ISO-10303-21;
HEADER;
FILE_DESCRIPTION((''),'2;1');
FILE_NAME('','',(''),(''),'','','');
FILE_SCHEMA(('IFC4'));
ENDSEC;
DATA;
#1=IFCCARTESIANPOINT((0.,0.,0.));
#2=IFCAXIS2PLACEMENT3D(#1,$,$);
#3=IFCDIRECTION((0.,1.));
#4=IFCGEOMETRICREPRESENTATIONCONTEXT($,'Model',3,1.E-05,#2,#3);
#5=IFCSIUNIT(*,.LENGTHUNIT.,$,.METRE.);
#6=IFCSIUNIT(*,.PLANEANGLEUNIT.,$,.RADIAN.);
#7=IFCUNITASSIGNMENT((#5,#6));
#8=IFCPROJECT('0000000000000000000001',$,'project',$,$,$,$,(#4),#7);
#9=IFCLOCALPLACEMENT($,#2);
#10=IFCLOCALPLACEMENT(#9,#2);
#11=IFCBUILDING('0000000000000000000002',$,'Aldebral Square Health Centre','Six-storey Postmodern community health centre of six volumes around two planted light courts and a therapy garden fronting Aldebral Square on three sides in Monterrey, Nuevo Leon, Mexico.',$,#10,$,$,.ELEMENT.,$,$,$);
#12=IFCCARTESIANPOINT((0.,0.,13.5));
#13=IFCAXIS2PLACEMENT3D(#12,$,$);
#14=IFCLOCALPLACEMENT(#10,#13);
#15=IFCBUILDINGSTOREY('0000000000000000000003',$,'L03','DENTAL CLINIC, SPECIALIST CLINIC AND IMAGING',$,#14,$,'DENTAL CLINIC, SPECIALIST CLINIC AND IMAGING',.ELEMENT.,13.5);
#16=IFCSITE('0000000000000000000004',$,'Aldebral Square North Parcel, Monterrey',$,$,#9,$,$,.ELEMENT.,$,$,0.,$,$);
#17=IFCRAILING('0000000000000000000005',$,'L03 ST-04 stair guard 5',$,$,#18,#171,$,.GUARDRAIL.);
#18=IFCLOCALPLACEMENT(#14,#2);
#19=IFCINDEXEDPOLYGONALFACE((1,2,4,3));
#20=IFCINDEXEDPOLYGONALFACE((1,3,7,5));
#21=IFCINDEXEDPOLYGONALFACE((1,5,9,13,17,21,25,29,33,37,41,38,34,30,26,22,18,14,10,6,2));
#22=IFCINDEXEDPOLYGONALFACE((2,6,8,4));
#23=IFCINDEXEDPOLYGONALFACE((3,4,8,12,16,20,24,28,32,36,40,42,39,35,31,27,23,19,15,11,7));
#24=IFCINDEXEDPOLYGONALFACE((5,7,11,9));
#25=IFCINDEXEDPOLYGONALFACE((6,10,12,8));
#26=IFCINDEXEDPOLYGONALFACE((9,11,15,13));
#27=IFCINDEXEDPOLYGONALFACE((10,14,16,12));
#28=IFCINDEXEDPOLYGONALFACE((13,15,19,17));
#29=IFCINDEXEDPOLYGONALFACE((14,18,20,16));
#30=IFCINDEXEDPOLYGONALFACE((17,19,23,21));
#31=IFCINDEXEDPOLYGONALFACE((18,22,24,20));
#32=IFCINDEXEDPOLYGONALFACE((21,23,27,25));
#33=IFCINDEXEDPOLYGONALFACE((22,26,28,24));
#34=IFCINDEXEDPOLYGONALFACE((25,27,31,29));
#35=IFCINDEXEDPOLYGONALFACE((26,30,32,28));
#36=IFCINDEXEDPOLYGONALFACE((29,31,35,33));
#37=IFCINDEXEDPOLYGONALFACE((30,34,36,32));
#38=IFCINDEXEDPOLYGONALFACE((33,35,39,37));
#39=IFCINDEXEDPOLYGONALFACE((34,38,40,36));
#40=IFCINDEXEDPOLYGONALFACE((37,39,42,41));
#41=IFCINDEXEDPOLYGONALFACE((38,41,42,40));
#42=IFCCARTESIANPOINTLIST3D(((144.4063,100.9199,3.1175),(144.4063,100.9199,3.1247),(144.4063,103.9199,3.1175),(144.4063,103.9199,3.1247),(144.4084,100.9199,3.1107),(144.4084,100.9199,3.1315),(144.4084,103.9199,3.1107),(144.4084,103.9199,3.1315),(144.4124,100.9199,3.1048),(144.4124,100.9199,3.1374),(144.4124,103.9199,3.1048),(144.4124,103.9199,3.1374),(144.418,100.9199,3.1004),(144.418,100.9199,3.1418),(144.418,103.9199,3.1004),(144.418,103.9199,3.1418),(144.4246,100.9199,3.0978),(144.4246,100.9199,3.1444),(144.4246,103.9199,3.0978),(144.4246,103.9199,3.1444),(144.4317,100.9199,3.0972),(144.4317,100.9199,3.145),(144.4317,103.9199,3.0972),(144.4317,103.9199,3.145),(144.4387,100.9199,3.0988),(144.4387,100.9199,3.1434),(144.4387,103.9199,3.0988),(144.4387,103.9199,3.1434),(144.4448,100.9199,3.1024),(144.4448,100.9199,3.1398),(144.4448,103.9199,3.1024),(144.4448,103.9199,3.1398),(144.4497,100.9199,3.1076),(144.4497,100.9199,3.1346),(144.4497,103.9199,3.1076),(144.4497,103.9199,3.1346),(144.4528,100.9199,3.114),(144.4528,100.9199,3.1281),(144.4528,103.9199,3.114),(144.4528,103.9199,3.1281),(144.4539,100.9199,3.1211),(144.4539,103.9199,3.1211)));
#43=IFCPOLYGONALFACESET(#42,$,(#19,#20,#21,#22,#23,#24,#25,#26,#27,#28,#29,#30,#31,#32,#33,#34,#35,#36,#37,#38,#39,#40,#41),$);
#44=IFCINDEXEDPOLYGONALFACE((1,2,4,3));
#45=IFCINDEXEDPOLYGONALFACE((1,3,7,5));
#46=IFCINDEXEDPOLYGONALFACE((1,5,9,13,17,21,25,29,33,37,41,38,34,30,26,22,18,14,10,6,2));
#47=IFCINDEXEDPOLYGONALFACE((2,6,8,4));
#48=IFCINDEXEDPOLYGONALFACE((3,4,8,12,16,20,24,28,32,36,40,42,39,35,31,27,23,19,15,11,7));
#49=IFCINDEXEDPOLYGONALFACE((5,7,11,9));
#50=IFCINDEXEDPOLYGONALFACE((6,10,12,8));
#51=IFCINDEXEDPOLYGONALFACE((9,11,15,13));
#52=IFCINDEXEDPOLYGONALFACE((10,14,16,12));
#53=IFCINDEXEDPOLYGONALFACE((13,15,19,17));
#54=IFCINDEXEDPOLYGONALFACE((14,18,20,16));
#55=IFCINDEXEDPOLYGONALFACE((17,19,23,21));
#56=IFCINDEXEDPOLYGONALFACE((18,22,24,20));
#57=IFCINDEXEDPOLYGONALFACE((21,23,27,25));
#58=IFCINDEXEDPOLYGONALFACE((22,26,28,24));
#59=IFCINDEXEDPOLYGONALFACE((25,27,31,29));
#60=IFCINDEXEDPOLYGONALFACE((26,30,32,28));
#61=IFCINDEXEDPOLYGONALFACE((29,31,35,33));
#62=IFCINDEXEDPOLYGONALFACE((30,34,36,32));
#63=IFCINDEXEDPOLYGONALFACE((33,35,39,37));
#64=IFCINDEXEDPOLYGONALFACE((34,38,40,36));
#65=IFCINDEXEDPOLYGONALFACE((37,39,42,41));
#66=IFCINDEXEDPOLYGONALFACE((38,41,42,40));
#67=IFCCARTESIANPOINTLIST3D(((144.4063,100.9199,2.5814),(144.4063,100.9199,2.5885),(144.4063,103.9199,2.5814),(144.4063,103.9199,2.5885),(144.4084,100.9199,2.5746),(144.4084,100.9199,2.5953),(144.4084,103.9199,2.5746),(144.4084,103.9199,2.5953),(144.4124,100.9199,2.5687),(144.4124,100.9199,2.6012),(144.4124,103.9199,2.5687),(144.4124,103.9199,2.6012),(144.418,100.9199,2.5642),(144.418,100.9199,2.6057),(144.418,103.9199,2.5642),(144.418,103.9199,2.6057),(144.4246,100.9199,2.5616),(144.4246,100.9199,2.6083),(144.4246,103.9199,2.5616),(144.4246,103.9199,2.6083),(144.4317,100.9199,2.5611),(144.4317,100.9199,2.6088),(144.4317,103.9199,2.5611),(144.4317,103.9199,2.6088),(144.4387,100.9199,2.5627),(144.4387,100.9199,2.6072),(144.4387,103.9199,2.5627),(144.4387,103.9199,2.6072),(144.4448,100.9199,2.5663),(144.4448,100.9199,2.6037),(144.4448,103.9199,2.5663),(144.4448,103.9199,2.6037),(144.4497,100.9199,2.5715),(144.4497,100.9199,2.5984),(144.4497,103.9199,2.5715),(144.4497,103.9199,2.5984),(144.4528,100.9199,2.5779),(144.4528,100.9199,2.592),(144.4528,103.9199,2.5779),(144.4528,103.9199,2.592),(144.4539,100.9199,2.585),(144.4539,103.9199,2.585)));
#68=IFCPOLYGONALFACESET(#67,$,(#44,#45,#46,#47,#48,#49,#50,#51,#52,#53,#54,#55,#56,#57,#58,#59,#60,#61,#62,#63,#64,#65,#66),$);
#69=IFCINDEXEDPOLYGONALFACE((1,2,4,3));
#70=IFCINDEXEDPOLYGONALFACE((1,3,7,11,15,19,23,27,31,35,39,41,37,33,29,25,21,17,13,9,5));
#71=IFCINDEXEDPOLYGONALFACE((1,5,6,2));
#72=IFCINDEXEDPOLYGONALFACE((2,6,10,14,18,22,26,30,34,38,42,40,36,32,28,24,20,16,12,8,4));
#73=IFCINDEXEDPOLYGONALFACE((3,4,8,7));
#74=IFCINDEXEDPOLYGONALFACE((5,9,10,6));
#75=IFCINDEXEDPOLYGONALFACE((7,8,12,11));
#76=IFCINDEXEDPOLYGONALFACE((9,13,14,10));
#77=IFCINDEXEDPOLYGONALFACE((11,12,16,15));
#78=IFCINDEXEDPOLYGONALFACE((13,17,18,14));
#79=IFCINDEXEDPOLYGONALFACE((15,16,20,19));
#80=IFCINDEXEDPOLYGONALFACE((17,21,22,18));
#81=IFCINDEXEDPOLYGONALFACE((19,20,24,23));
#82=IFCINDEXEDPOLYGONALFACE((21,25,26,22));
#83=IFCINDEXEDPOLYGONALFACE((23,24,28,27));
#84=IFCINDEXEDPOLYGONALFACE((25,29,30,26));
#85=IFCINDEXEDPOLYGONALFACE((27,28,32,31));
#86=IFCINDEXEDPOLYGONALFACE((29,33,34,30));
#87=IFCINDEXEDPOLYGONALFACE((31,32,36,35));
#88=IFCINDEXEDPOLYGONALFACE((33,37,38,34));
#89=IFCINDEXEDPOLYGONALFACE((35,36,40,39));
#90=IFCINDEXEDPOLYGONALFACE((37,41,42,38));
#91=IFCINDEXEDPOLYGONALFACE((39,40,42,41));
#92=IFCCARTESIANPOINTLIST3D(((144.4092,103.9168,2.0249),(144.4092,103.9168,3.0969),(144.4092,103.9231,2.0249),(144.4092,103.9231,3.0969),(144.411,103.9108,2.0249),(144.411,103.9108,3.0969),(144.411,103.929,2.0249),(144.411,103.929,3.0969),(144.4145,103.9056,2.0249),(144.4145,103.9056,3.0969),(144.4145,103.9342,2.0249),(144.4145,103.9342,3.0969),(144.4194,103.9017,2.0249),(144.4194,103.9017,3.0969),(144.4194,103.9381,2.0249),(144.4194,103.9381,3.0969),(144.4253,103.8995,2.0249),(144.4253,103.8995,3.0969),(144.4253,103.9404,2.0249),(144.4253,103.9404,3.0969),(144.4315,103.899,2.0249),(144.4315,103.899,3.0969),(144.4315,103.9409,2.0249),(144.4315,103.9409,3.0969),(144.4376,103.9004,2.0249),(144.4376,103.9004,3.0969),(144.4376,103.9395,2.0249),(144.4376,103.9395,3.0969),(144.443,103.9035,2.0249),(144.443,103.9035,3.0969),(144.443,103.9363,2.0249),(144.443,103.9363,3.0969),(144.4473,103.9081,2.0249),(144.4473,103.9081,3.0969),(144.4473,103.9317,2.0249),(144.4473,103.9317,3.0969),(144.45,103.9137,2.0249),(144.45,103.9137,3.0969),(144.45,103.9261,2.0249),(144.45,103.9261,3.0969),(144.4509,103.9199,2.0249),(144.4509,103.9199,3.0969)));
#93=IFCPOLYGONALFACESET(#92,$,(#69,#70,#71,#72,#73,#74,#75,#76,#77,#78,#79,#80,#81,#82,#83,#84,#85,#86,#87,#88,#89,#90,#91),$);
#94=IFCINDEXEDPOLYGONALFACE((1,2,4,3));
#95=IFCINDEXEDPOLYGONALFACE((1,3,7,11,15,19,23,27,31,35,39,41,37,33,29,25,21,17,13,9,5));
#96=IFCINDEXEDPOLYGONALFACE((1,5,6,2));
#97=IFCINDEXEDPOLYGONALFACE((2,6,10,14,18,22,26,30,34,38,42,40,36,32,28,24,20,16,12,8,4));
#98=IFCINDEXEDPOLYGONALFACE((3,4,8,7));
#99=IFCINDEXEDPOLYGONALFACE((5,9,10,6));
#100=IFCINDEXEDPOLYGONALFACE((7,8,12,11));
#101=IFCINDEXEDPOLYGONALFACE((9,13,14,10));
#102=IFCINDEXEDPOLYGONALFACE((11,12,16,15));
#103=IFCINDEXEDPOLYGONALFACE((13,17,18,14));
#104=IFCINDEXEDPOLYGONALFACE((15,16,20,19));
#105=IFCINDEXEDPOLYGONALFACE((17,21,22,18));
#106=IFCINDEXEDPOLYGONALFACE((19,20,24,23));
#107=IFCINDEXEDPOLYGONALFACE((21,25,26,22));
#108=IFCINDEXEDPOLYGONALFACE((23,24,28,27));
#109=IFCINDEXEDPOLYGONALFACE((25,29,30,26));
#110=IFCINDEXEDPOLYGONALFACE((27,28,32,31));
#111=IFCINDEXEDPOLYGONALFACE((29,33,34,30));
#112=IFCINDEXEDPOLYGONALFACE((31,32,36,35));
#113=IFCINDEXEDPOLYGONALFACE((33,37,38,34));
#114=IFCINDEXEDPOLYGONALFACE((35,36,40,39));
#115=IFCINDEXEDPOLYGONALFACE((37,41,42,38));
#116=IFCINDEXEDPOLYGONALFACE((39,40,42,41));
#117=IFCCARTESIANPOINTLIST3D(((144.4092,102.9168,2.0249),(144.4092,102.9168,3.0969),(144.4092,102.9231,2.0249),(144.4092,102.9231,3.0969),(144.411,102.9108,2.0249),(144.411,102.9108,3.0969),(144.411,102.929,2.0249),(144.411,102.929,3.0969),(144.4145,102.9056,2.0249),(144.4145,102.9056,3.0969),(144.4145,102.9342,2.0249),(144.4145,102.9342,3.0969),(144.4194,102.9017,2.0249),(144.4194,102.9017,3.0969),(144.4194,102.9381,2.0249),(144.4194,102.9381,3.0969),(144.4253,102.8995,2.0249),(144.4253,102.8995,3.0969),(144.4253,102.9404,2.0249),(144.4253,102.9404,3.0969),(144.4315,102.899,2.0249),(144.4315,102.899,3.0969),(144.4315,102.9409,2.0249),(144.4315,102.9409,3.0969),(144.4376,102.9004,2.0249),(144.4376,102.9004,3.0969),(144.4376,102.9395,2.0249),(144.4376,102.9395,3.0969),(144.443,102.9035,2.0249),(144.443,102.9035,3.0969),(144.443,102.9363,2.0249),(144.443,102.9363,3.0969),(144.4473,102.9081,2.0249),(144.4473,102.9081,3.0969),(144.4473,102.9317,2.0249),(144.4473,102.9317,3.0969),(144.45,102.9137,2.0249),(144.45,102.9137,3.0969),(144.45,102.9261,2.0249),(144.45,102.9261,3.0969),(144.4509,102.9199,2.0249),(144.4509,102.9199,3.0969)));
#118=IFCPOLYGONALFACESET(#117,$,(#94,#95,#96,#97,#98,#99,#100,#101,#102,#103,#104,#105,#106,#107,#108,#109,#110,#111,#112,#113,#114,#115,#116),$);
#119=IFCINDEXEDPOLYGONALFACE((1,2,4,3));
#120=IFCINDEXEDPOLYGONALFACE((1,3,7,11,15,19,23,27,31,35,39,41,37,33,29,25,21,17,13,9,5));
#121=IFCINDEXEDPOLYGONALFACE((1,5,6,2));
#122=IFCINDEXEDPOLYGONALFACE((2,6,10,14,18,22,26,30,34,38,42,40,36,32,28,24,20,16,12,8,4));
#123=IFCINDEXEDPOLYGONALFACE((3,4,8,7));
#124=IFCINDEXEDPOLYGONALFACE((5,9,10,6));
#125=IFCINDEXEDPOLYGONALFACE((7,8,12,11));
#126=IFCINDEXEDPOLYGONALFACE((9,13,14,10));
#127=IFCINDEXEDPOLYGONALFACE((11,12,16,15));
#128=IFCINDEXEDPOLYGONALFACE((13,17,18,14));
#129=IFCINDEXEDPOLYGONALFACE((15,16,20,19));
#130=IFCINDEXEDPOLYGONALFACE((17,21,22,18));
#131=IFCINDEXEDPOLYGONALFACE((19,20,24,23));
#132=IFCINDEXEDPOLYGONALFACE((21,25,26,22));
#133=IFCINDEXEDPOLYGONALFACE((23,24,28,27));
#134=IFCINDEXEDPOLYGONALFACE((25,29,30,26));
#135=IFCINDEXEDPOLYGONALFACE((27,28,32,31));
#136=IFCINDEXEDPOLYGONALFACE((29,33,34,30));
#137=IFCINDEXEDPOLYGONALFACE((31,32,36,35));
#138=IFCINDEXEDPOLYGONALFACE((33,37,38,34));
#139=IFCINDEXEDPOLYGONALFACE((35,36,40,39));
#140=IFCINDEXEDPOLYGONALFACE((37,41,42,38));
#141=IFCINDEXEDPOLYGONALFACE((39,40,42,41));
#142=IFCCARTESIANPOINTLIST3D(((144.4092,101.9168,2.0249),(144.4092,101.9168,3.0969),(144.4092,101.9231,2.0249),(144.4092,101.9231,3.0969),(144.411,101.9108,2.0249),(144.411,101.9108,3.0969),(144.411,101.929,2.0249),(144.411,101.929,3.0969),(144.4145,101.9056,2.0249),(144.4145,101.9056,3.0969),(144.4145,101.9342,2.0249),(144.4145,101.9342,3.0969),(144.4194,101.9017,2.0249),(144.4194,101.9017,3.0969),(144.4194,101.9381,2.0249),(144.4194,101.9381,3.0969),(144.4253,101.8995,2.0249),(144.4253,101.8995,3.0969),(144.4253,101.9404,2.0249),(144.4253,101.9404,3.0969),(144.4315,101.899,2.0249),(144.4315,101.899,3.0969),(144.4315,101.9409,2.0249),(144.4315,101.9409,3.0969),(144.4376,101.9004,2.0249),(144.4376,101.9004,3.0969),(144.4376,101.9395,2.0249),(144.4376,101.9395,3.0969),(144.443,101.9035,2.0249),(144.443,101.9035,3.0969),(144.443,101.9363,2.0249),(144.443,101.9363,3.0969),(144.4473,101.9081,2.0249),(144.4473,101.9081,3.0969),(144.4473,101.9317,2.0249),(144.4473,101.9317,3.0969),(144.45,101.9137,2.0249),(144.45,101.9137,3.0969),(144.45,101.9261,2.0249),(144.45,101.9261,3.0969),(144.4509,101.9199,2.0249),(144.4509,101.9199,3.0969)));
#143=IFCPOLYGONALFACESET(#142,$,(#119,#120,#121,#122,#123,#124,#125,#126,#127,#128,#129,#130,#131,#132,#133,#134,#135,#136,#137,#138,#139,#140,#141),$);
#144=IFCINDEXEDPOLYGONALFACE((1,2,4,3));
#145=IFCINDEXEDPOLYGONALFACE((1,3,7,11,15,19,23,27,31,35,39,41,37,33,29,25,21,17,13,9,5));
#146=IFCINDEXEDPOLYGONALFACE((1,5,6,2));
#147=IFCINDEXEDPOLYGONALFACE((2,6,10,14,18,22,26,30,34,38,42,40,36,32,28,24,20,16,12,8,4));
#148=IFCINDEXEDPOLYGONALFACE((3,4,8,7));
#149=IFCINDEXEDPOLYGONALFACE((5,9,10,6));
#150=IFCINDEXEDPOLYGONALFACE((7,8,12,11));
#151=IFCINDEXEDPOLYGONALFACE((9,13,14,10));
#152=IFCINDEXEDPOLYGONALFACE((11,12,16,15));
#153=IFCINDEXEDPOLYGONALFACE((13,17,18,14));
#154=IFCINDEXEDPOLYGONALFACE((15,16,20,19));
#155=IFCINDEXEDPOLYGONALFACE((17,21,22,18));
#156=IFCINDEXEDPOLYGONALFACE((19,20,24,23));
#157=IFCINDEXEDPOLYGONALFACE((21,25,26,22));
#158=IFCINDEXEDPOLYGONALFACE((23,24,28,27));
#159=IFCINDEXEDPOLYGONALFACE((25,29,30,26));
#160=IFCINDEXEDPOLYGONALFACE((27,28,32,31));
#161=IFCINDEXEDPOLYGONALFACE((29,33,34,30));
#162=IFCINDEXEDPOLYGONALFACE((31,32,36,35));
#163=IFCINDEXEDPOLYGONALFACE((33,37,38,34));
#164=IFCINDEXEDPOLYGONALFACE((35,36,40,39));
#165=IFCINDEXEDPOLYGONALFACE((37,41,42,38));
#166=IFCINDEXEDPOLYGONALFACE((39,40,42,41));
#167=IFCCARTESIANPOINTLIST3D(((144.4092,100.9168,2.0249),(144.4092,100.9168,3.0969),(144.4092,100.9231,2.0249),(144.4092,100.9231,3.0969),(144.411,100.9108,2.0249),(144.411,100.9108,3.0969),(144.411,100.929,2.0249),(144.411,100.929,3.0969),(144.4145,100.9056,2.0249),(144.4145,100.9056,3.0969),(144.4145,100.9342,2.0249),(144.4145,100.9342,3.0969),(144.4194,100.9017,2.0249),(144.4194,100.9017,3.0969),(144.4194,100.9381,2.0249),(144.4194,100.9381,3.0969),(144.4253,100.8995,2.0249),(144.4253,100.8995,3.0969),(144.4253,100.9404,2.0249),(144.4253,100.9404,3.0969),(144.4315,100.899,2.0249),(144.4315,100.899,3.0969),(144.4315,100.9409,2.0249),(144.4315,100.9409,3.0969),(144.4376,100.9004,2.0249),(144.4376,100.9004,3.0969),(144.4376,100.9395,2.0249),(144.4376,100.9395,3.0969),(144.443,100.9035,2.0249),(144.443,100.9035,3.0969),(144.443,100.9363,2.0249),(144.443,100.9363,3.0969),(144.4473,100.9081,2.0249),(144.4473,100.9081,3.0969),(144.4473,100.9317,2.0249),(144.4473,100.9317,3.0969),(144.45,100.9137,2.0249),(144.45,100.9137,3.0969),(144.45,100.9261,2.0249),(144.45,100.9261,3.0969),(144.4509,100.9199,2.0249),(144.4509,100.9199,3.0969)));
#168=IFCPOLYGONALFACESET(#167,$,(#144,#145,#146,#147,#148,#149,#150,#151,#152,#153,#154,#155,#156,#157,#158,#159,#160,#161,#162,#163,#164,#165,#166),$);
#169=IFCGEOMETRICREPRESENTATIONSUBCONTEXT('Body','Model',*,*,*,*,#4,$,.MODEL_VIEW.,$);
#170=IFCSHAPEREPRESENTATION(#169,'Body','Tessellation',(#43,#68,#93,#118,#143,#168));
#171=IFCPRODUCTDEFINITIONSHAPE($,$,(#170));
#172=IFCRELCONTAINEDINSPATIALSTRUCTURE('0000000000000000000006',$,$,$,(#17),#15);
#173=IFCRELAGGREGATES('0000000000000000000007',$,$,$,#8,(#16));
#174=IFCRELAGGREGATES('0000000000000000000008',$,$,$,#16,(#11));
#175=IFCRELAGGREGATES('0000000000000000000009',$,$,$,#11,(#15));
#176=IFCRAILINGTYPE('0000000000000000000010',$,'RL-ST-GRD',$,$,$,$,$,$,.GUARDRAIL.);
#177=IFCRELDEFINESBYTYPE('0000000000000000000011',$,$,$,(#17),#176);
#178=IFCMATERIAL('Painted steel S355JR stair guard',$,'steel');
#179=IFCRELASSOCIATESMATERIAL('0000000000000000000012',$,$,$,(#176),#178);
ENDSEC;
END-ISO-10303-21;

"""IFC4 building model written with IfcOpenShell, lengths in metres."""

from ifc_helpers import new_model, si_unit, direction, frame, origin, origin_2d, place, context, subcontext, project, spatial, circle, extrude, material, type_object, element, save


model = new_model("IFC4")

# Units and contexts
model_context = context("Model", 3, precision=1e-05, world=origin(), true_north=direction((0.0, 1.0)))
body_context = subcontext(model_context, "Body", "Model", "MODEL_VIEW")
ifc_project = project(units=[si_unit("LENGTHUNIT", "METRE"), si_unit("PLANEANGLEUNIT", "RADIAN")], contexts=[model_context])

# Site, building, storey
site_placement = place(None, origin())
site = spatial("IfcSite", under=ifc_project, at=site_placement, Name="Aldebral Square North Parcel, Monterrey", CompositionType="ELEMENT", RefElevation=0.0)
building_placement = place(site_placement, origin())
building = spatial("IfcBuilding", under=site, at=building_placement, Name="Aldebral Square Health Centre", Description="Six-storey Postmodern community health centre of six volumes around two planted light courts and a therapy garden fronting Aldebral Square on three sides in Monterrey, Nuevo Leon, Mexico.", CompositionType="ELEMENT")
storey_placement = place(building_placement, frame((0.0, 0.0, 13.5)))
storey = spatial("IfcBuildingStorey", under=building, at=storey_placement, Name="L03", Description="DENTAL CLINIC, SPECIALIST CLINIC AND IMAGING", LongName="DENTAL CLINIC, SPECIALIST CLINIC AND IMAGING", CompositionType="ELEMENT", Elevation=13.5)

# Railing
ifc_material_1 = material(Name="Painted steel S355JR stair guard", Category="steel")
railing_type = type_object("IfcRailingType", Name="RL-ST-GRD", PredefinedType="GUARDRAIL", material=ifc_material_1)
railing_1_placement = place(storey_placement, frame((144.4299, 103.9199, 2.0249)))
element("IfcRailing", 1, at=railing_1_placement, inside=storey, type_object=railing_type, Name="L03 ST-04 stair guard 5", PredefinedType="GUARDRAIL", context=body_context, shape_type="SweptSolid", body=[
    extrude(circle(Radius=0.0239, at=origin_2d()), frame((0.0, 0.0, 1.0962), z_axis=(0.0, -1.0, 0.0), x_axis=(1.0, 0.0, 0.0)), (0.0, 0.0, 1.0), 3.0),
    extrude(circle(Radius=0.0239, at=origin_2d()), frame((0.0, 0.0, 0.5601), z_axis=(0.0, -1.0, 0.0), x_axis=(1.0, 0.0, 0.0)), (0.0, 0.0, 1.0), 3.0),
    extrude(circle(Radius=0.021, at=origin_2d()), origin(), (0.0, 0.0, 1.0), 1.072),
    extrude(circle(Radius=0.021, at=origin_2d()), frame((0.0, -1.0, 0.0)), (0.0, 0.0, 1.0), 1.072),
    extrude(circle(Radius=0.021, at=origin_2d()), frame((0.0, -2.0, 0.0)), (0.0, 0.0, 1.0), 1.072),
    extrude(circle(Radius=0.021, at=origin_2d()), frame((0.0, -3.0, 0.0)), (0.0, 0.0, 1.0), 1.072),
])

save(model, "model.ifc")
